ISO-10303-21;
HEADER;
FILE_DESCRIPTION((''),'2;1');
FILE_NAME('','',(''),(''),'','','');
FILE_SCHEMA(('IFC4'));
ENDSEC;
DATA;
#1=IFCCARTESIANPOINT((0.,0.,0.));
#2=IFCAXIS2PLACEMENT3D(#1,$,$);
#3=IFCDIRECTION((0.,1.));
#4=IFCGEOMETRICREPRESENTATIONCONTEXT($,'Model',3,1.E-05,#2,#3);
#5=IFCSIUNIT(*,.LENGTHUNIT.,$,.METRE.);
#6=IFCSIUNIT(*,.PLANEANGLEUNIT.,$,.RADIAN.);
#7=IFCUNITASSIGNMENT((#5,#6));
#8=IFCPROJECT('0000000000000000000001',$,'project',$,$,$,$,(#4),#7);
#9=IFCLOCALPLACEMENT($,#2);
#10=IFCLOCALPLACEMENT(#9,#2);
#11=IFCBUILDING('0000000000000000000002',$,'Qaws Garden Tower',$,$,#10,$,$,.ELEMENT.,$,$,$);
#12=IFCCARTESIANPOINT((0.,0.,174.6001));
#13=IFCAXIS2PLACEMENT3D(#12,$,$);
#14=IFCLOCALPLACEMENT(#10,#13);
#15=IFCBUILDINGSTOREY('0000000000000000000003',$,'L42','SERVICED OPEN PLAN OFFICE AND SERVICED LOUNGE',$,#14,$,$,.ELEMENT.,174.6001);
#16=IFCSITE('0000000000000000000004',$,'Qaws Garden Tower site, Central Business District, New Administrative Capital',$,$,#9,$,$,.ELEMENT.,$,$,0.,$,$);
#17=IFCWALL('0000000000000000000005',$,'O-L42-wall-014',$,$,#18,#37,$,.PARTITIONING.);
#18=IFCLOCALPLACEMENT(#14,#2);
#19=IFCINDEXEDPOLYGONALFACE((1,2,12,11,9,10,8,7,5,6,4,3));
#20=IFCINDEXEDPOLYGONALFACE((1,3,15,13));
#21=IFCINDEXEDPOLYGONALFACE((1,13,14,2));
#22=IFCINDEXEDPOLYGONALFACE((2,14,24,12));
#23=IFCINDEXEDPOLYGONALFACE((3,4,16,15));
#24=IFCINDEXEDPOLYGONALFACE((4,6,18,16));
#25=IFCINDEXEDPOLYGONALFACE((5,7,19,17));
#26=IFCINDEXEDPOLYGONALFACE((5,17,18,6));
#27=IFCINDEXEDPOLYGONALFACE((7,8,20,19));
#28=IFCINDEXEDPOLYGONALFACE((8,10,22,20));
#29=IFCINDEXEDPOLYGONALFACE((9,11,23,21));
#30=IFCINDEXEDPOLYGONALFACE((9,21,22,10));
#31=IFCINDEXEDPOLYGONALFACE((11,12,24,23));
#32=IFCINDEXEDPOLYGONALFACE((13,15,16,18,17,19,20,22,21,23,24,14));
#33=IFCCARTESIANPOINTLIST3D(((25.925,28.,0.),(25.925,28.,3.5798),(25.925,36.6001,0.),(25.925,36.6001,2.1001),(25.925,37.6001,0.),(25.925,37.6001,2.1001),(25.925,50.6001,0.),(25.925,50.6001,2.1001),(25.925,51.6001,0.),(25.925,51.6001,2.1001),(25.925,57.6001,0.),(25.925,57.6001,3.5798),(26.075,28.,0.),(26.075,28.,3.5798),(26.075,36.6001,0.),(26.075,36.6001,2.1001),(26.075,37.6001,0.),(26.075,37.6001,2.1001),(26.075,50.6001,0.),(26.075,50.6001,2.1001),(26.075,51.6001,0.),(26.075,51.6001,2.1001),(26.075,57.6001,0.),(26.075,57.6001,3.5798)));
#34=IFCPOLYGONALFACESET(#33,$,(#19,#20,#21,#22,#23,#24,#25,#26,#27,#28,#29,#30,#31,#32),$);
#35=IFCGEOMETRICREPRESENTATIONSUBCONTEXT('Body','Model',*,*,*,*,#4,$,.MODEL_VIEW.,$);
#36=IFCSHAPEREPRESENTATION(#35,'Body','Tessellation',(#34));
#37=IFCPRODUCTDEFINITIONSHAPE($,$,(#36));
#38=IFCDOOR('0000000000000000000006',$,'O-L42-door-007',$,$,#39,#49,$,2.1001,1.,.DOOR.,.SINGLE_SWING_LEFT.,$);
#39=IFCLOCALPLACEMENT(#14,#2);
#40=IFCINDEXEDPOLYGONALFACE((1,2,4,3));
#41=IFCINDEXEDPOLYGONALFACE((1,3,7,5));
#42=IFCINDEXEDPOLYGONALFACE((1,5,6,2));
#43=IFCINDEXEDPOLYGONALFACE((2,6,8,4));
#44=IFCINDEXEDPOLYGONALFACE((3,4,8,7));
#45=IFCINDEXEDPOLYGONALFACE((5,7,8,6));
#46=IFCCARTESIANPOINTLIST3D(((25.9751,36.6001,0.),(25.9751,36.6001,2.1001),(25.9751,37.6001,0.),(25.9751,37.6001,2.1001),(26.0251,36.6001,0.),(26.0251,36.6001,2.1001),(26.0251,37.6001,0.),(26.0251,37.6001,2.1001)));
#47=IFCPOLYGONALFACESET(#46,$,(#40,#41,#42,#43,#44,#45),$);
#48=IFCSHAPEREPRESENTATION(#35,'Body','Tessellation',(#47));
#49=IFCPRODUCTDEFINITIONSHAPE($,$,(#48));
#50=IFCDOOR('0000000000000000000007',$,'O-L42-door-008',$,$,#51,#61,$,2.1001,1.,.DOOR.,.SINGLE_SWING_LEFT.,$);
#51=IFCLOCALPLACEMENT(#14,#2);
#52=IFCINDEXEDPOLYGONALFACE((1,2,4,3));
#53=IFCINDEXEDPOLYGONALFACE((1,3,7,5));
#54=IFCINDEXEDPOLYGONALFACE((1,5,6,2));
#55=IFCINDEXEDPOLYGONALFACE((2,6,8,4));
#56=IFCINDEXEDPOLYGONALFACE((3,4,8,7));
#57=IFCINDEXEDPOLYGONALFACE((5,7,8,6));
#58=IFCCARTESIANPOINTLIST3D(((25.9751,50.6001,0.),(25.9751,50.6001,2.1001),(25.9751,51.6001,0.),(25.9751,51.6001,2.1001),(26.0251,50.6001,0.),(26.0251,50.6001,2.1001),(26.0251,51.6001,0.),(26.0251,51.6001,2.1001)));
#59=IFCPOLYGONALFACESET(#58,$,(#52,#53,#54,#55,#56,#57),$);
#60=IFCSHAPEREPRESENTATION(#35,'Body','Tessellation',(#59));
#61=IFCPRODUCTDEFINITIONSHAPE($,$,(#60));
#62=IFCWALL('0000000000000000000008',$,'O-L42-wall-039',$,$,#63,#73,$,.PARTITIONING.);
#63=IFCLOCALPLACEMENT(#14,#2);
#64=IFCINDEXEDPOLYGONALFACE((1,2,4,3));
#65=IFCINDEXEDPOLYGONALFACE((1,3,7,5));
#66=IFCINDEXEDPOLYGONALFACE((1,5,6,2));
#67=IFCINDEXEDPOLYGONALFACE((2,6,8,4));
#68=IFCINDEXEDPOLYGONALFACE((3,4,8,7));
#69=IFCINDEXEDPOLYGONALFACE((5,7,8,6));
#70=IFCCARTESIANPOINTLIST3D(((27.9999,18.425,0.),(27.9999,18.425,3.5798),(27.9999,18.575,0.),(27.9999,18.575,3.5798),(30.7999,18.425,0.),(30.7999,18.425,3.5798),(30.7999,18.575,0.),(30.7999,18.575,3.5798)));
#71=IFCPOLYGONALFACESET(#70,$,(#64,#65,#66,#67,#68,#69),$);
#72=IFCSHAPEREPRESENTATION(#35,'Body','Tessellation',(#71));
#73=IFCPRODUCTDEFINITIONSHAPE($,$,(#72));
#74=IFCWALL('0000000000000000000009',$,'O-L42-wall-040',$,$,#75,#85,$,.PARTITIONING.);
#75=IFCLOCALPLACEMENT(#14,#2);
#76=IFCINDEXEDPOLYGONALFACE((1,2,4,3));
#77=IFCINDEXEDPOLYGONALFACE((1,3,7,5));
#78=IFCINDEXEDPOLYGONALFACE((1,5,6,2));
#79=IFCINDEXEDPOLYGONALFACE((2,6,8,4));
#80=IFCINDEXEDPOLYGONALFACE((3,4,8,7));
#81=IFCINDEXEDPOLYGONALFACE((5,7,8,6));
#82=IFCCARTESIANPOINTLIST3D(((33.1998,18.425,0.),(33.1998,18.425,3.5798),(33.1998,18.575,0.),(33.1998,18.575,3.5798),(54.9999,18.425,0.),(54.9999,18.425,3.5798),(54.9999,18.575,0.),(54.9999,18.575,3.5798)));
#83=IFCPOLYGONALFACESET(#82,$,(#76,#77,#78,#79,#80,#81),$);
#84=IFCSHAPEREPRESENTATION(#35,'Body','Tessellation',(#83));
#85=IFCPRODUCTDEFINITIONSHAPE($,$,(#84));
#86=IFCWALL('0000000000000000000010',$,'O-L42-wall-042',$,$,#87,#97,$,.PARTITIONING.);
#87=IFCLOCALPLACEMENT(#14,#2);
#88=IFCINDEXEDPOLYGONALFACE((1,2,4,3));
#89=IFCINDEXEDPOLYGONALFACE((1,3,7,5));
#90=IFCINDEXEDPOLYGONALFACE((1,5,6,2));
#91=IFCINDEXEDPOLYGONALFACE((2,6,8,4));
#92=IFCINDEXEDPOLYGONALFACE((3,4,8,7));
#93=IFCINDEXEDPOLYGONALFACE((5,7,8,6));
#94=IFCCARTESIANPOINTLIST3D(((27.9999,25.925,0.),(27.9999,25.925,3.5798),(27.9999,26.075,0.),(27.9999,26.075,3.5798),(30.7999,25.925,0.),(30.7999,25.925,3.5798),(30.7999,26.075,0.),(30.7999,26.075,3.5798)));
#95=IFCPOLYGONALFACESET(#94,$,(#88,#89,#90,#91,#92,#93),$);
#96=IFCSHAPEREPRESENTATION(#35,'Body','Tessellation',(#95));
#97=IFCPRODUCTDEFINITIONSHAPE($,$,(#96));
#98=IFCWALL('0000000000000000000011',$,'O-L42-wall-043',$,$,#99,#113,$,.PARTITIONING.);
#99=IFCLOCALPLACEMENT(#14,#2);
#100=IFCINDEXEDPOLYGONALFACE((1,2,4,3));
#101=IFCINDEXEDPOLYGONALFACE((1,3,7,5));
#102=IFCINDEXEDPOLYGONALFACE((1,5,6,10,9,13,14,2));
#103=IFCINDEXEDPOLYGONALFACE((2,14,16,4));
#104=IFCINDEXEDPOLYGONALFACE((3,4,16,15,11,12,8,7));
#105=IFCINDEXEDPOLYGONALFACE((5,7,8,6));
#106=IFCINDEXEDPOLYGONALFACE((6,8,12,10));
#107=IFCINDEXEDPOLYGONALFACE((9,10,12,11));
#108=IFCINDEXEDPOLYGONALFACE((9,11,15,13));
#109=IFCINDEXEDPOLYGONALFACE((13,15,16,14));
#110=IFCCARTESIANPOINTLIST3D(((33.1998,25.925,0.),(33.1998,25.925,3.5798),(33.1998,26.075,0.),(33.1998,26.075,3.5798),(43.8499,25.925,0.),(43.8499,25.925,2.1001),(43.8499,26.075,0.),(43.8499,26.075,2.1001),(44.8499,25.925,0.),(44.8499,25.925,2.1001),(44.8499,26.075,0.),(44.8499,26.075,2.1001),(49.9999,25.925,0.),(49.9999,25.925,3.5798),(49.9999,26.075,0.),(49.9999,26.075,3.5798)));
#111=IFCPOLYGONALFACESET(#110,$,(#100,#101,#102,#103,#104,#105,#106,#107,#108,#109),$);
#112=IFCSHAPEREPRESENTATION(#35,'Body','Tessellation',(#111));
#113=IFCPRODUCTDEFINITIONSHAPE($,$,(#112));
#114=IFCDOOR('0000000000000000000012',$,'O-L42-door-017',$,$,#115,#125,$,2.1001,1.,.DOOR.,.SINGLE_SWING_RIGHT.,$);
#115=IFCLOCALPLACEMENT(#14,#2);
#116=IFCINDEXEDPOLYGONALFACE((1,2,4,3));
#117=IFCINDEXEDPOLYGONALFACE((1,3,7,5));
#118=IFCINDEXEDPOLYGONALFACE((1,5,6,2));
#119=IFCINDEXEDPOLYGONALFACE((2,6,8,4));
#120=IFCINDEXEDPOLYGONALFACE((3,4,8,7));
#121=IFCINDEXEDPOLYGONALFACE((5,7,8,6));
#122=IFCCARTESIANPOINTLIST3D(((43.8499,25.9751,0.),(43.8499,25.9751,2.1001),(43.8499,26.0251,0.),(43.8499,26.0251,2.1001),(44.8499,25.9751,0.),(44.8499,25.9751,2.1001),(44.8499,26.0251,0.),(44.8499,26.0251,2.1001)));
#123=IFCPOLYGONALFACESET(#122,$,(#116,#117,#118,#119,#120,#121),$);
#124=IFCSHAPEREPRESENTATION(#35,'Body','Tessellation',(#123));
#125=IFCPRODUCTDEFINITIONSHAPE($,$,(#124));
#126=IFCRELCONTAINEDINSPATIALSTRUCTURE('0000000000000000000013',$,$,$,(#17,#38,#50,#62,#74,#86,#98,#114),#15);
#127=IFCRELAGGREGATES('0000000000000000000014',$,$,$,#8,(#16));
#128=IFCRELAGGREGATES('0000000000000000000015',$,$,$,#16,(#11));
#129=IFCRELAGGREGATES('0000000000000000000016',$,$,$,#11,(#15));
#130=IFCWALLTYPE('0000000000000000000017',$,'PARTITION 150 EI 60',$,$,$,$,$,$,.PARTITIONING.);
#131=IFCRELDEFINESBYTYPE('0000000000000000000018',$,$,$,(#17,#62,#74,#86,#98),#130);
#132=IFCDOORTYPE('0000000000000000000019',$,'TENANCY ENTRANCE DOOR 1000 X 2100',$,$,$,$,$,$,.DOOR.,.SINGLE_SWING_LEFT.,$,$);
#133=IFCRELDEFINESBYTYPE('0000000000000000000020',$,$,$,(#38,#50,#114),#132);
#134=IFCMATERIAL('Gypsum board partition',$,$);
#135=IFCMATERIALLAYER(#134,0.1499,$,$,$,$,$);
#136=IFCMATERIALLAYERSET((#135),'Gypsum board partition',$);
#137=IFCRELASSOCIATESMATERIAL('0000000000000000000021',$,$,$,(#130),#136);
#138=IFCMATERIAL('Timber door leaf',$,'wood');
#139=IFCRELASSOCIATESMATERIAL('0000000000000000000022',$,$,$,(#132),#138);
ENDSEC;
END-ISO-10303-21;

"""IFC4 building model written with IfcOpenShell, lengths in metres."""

from ifc_helpers import new_model, si_unit, direction, frame, frame_2d, origin, place, context, subcontext, project, spatial, rectangle, extrude, material, layer, layer_set, type_object, element, fill, save


model = new_model("IFC4")

# Units and contexts
model_context = context("Model", 3, precision=1e-05, world=origin(), true_north=direction((0.0, 1.0)))
body_context = subcontext(model_context, "Body", "Model", "MODEL_VIEW")
ifc_project = project(units=[si_unit("LENGTHUNIT", "METRE"), si_unit("PLANEANGLEUNIT", "RADIAN")], contexts=[model_context])

# Site, building, storey
site_placement = place(None, origin())
site = spatial("IfcSite", under=ifc_project, at=site_placement, Name="Qaws Garden Tower site, Central Business District, New Administrative Capital", CompositionType="ELEMENT", RefElevation=0.0)
building_placement = place(site_placement, origin())
building = spatial("IfcBuilding", under=site, at=building_placement, Name="Qaws Garden Tower", CompositionType="ELEMENT")
storey_placement = place(building_placement, frame((0.0, 0.0, 174.6001)))
storey = spatial("IfcBuildingStorey", under=building, at=storey_placement, Name="L42", Description="SERVICED OPEN PLAN OFFICE AND SERVICED LOUNGE", CompositionType="ELEMENT", Elevation=174.6001)

# Shared definitions
ifc_material_1 = material(Name="Gypsum board partition")
ifc_layer_1 = layer(ifc_material_1, 0.1499)
ifc_layer_set_1 = layer_set([ifc_layer_1], Name="Gypsum board partition")
wall_type_1 = type_object("IfcWallType", Name="PARTITION 150 EI 60", PredefinedType="PARTITIONING", material=ifc_layer_set_1)

# Wall, openings, doors
wall_1_placement = place(storey_placement, frame((26.0, 28.0, 0.0), z_axis=(0.0, 0.0, 1.0), x_axis=(0.0, 1.0, 0.0)))
wall_1 = element("IfcWall", 1, at=wall_1_placement, inside=storey, type_object=wall_type_1, Name="O-L42-wall-014", PredefinedType="PARTITIONING", context=body_context, shape_type="SweptSolid", body=[
    extrude(rectangle(XDim=29.6001, YDim=0.1499, at=frame_2d((14.8, 0.0))), origin(), (0.0, 0.0, 1.0), 3.5798),
])
opening_1_placement = place(wall_1_placement, frame((8.6001, 0.0, 0.0)))
opening_1 = element("IfcOpeningElement", 2, at=opening_1_placement, cuts=wall_1, PredefinedType="OPENING", context=body_context, shape_type="SweptSolid", body=[
    extrude(rectangle(XDim=1.0, YDim=2.1001, at=frame_2d((0.5, 1.05))), frame((0.0, 0.085, 0.0), z_axis=(0.0, -1.0, 0.0), x_axis=(1.0, 0.0, 0.0)), (0.0, 0.0, 1.0), 0.1699),
])
opening_2_placement = place(wall_1_placement, frame((22.6001, 0.0, 0.0)))
opening_2 = element("IfcOpeningElement", 3, at=opening_2_placement, cuts=wall_1, PredefinedType="OPENING", context=body_context, shape_type="SweptSolid", body=[
    extrude(rectangle(XDim=1.0, YDim=2.1001, at=frame_2d((0.5, 1.05))), frame((0.0, 0.085, 0.0), z_axis=(0.0, -1.0, 0.0), x_axis=(1.0, 0.0, 0.0)), (0.0, 0.0, 1.0), 0.1699),
])
ifc_material_2 = material(Name="Timber door leaf", Category="wood")
door_type_1 = type_object("IfcDoorType", Name="TENANCY ENTRANCE DOOR 1000 X 2100", OperationType="SINGLE_SWING_LEFT", PredefinedType="DOOR", material=ifc_material_2)
door_1_placement = place(opening_1_placement, origin())
door_1 = element("IfcDoor", 4, at=door_1_placement, inside=storey, type_object=door_type_1, Name="O-L42-door-007", OperationType="SINGLE_SWING_LEFT", OverallHeight=2.1001, OverallWidth=1.0, PredefinedType="DOOR", context=body_context, shape_type="SweptSolid", body=[
    extrude(rectangle(XDim=1.0, YDim=2.1001, at=frame_2d((0.5, 1.05))), frame((0.0, 0.0249, 0.0), z_axis=(0.0, -1.0, 0.0), x_axis=(1.0, 0.0, 0.0)), (0.0, 0.0, 1.0), 0.05),
])
fill(opening_1, door_1)
door_2_placement = place(opening_2_placement, origin())
door_2 = element("IfcDoor", 5, at=door_2_placement, inside=storey, type_object=door_type_1, Name="O-L42-door-008", OperationType="SINGLE_SWING_LEFT", OverallHeight=2.1001, OverallWidth=1.0, PredefinedType="DOOR", context=body_context, shape_type="SweptSolid", body=[
    extrude(rectangle(XDim=1.0, YDim=2.1001, at=frame_2d((0.5, 1.05))), frame((0.0, 0.0249, 0.0), z_axis=(0.0, -1.0, 0.0), x_axis=(1.0, 0.0, 0.0)), (0.0, 0.0, 1.0), 0.05),
])
fill(opening_2, door_2)

# Walls
wall_2_placement = place(storey_placement, frame((28.0, 18.5, 0.0), z_axis=(0.0, 0.0, 1.0), x_axis=(1.0, 0.0, 0.0)))
element("IfcWall", 6, at=wall_2_placement, inside=storey, type_object=wall_type_1, Name="O-L42-wall-039", PredefinedType="PARTITIONING", context=body_context, shape_type="SweptSolid", body=[
    extrude(rectangle(XDim=2.8, YDim=0.1499, at=frame_2d((1.3999, 0.0))), origin(), (0.0, 0.0, 1.0), 3.5798),
])
wall_3_placement = place(storey_placement, frame((33.2, 18.5, 0.0), z_axis=(0.0, 0.0, 1.0), x_axis=(1.0, 0.0, 0.0)))
element("IfcWall", 7, at=wall_3_placement, inside=storey, type_object=wall_type_1, Name="O-L42-wall-040", PredefinedType="PARTITIONING", context=body_context, shape_type="SweptSolid", body=[
    extrude(rectangle(XDim=21.8, YDim=0.1499, at=frame_2d((10.8999, 0.0))), origin(), (0.0, 0.0, 1.0), 3.5798),
])
wall_4_placement = place(storey_placement, frame((28.0, 26.0, 0.0), z_axis=(0.0, 0.0, 1.0), x_axis=(1.0, 0.0, 0.0)))
element("IfcWall", 8, at=wall_4_placement, inside=storey, type_object=wall_type_1, Name="O-L42-wall-042", PredefinedType="PARTITIONING", context=body_context, shape_type="SweptSolid", body=[
    extrude(rectangle(XDim=2.8, YDim=0.1499, at=frame_2d((1.3999, 0.0))), origin(), (0.0, 0.0, 1.0), 3.5798),
])

# Wall, opening, door
wall_5_placement = place(storey_placement, frame((33.2, 26.0, 0.0), z_axis=(0.0, 0.0, 1.0), x_axis=(1.0, 0.0, 0.0)))
wall_5 = element("IfcWall", 9, at=wall_5_placement, inside=storey, type_object=wall_type_1, Name="O-L42-wall-043", PredefinedType="PARTITIONING", context=body_context, shape_type="SweptSolid", body=[
    extrude(rectangle(XDim=16.8, YDim=0.1499, at=frame_2d((8.3999, 0.0))), origin(), (0.0, 0.0, 1.0), 3.5798),
])
opening_3_placement = place(wall_5_placement, frame((10.6499, 0.0, 0.0)))
opening_3 = element("IfcOpeningElement", 10, at=opening_3_placement, cuts=wall_5, PredefinedType="OPENING", context=body_context, shape_type="SweptSolid", body=[
    extrude(rectangle(XDim=1.0, YDim=2.1001, at=frame_2d((0.5, 1.05))), frame((0.0, 0.085, 0.0), z_axis=(0.0, -1.0, 0.0), x_axis=(1.0, 0.0, 0.0)), (0.0, 0.0, 1.0), 0.1699),
])
door_3_placement = place(opening_3_placement, frame((1.0, 0.0, 0.0), z_axis=(0.0, 0.0, 1.0), x_axis=(-1.0, 0.0, 0.0)))
door_3 = element("IfcDoor", 11, at=door_3_placement, inside=storey, type_object=door_type_1, Name="O-L42-door-017", OperationType="SINGLE_SWING_RIGHT", OverallHeight=2.1001, OverallWidth=1.0, PredefinedType="DOOR", context=body_context, shape_type="SweptSolid", body=[
    extrude(rectangle(XDim=1.0, YDim=2.1001, at=frame_2d((0.5, 1.05))), frame((0.0, 0.0249, 0.0), z_axis=(0.0, -1.0, 0.0), x_axis=(1.0, 0.0, 0.0)), (0.0, 0.0, 1.0), 0.05),
])
fill(opening_3, door_3)

save(model, "model.ifc")
